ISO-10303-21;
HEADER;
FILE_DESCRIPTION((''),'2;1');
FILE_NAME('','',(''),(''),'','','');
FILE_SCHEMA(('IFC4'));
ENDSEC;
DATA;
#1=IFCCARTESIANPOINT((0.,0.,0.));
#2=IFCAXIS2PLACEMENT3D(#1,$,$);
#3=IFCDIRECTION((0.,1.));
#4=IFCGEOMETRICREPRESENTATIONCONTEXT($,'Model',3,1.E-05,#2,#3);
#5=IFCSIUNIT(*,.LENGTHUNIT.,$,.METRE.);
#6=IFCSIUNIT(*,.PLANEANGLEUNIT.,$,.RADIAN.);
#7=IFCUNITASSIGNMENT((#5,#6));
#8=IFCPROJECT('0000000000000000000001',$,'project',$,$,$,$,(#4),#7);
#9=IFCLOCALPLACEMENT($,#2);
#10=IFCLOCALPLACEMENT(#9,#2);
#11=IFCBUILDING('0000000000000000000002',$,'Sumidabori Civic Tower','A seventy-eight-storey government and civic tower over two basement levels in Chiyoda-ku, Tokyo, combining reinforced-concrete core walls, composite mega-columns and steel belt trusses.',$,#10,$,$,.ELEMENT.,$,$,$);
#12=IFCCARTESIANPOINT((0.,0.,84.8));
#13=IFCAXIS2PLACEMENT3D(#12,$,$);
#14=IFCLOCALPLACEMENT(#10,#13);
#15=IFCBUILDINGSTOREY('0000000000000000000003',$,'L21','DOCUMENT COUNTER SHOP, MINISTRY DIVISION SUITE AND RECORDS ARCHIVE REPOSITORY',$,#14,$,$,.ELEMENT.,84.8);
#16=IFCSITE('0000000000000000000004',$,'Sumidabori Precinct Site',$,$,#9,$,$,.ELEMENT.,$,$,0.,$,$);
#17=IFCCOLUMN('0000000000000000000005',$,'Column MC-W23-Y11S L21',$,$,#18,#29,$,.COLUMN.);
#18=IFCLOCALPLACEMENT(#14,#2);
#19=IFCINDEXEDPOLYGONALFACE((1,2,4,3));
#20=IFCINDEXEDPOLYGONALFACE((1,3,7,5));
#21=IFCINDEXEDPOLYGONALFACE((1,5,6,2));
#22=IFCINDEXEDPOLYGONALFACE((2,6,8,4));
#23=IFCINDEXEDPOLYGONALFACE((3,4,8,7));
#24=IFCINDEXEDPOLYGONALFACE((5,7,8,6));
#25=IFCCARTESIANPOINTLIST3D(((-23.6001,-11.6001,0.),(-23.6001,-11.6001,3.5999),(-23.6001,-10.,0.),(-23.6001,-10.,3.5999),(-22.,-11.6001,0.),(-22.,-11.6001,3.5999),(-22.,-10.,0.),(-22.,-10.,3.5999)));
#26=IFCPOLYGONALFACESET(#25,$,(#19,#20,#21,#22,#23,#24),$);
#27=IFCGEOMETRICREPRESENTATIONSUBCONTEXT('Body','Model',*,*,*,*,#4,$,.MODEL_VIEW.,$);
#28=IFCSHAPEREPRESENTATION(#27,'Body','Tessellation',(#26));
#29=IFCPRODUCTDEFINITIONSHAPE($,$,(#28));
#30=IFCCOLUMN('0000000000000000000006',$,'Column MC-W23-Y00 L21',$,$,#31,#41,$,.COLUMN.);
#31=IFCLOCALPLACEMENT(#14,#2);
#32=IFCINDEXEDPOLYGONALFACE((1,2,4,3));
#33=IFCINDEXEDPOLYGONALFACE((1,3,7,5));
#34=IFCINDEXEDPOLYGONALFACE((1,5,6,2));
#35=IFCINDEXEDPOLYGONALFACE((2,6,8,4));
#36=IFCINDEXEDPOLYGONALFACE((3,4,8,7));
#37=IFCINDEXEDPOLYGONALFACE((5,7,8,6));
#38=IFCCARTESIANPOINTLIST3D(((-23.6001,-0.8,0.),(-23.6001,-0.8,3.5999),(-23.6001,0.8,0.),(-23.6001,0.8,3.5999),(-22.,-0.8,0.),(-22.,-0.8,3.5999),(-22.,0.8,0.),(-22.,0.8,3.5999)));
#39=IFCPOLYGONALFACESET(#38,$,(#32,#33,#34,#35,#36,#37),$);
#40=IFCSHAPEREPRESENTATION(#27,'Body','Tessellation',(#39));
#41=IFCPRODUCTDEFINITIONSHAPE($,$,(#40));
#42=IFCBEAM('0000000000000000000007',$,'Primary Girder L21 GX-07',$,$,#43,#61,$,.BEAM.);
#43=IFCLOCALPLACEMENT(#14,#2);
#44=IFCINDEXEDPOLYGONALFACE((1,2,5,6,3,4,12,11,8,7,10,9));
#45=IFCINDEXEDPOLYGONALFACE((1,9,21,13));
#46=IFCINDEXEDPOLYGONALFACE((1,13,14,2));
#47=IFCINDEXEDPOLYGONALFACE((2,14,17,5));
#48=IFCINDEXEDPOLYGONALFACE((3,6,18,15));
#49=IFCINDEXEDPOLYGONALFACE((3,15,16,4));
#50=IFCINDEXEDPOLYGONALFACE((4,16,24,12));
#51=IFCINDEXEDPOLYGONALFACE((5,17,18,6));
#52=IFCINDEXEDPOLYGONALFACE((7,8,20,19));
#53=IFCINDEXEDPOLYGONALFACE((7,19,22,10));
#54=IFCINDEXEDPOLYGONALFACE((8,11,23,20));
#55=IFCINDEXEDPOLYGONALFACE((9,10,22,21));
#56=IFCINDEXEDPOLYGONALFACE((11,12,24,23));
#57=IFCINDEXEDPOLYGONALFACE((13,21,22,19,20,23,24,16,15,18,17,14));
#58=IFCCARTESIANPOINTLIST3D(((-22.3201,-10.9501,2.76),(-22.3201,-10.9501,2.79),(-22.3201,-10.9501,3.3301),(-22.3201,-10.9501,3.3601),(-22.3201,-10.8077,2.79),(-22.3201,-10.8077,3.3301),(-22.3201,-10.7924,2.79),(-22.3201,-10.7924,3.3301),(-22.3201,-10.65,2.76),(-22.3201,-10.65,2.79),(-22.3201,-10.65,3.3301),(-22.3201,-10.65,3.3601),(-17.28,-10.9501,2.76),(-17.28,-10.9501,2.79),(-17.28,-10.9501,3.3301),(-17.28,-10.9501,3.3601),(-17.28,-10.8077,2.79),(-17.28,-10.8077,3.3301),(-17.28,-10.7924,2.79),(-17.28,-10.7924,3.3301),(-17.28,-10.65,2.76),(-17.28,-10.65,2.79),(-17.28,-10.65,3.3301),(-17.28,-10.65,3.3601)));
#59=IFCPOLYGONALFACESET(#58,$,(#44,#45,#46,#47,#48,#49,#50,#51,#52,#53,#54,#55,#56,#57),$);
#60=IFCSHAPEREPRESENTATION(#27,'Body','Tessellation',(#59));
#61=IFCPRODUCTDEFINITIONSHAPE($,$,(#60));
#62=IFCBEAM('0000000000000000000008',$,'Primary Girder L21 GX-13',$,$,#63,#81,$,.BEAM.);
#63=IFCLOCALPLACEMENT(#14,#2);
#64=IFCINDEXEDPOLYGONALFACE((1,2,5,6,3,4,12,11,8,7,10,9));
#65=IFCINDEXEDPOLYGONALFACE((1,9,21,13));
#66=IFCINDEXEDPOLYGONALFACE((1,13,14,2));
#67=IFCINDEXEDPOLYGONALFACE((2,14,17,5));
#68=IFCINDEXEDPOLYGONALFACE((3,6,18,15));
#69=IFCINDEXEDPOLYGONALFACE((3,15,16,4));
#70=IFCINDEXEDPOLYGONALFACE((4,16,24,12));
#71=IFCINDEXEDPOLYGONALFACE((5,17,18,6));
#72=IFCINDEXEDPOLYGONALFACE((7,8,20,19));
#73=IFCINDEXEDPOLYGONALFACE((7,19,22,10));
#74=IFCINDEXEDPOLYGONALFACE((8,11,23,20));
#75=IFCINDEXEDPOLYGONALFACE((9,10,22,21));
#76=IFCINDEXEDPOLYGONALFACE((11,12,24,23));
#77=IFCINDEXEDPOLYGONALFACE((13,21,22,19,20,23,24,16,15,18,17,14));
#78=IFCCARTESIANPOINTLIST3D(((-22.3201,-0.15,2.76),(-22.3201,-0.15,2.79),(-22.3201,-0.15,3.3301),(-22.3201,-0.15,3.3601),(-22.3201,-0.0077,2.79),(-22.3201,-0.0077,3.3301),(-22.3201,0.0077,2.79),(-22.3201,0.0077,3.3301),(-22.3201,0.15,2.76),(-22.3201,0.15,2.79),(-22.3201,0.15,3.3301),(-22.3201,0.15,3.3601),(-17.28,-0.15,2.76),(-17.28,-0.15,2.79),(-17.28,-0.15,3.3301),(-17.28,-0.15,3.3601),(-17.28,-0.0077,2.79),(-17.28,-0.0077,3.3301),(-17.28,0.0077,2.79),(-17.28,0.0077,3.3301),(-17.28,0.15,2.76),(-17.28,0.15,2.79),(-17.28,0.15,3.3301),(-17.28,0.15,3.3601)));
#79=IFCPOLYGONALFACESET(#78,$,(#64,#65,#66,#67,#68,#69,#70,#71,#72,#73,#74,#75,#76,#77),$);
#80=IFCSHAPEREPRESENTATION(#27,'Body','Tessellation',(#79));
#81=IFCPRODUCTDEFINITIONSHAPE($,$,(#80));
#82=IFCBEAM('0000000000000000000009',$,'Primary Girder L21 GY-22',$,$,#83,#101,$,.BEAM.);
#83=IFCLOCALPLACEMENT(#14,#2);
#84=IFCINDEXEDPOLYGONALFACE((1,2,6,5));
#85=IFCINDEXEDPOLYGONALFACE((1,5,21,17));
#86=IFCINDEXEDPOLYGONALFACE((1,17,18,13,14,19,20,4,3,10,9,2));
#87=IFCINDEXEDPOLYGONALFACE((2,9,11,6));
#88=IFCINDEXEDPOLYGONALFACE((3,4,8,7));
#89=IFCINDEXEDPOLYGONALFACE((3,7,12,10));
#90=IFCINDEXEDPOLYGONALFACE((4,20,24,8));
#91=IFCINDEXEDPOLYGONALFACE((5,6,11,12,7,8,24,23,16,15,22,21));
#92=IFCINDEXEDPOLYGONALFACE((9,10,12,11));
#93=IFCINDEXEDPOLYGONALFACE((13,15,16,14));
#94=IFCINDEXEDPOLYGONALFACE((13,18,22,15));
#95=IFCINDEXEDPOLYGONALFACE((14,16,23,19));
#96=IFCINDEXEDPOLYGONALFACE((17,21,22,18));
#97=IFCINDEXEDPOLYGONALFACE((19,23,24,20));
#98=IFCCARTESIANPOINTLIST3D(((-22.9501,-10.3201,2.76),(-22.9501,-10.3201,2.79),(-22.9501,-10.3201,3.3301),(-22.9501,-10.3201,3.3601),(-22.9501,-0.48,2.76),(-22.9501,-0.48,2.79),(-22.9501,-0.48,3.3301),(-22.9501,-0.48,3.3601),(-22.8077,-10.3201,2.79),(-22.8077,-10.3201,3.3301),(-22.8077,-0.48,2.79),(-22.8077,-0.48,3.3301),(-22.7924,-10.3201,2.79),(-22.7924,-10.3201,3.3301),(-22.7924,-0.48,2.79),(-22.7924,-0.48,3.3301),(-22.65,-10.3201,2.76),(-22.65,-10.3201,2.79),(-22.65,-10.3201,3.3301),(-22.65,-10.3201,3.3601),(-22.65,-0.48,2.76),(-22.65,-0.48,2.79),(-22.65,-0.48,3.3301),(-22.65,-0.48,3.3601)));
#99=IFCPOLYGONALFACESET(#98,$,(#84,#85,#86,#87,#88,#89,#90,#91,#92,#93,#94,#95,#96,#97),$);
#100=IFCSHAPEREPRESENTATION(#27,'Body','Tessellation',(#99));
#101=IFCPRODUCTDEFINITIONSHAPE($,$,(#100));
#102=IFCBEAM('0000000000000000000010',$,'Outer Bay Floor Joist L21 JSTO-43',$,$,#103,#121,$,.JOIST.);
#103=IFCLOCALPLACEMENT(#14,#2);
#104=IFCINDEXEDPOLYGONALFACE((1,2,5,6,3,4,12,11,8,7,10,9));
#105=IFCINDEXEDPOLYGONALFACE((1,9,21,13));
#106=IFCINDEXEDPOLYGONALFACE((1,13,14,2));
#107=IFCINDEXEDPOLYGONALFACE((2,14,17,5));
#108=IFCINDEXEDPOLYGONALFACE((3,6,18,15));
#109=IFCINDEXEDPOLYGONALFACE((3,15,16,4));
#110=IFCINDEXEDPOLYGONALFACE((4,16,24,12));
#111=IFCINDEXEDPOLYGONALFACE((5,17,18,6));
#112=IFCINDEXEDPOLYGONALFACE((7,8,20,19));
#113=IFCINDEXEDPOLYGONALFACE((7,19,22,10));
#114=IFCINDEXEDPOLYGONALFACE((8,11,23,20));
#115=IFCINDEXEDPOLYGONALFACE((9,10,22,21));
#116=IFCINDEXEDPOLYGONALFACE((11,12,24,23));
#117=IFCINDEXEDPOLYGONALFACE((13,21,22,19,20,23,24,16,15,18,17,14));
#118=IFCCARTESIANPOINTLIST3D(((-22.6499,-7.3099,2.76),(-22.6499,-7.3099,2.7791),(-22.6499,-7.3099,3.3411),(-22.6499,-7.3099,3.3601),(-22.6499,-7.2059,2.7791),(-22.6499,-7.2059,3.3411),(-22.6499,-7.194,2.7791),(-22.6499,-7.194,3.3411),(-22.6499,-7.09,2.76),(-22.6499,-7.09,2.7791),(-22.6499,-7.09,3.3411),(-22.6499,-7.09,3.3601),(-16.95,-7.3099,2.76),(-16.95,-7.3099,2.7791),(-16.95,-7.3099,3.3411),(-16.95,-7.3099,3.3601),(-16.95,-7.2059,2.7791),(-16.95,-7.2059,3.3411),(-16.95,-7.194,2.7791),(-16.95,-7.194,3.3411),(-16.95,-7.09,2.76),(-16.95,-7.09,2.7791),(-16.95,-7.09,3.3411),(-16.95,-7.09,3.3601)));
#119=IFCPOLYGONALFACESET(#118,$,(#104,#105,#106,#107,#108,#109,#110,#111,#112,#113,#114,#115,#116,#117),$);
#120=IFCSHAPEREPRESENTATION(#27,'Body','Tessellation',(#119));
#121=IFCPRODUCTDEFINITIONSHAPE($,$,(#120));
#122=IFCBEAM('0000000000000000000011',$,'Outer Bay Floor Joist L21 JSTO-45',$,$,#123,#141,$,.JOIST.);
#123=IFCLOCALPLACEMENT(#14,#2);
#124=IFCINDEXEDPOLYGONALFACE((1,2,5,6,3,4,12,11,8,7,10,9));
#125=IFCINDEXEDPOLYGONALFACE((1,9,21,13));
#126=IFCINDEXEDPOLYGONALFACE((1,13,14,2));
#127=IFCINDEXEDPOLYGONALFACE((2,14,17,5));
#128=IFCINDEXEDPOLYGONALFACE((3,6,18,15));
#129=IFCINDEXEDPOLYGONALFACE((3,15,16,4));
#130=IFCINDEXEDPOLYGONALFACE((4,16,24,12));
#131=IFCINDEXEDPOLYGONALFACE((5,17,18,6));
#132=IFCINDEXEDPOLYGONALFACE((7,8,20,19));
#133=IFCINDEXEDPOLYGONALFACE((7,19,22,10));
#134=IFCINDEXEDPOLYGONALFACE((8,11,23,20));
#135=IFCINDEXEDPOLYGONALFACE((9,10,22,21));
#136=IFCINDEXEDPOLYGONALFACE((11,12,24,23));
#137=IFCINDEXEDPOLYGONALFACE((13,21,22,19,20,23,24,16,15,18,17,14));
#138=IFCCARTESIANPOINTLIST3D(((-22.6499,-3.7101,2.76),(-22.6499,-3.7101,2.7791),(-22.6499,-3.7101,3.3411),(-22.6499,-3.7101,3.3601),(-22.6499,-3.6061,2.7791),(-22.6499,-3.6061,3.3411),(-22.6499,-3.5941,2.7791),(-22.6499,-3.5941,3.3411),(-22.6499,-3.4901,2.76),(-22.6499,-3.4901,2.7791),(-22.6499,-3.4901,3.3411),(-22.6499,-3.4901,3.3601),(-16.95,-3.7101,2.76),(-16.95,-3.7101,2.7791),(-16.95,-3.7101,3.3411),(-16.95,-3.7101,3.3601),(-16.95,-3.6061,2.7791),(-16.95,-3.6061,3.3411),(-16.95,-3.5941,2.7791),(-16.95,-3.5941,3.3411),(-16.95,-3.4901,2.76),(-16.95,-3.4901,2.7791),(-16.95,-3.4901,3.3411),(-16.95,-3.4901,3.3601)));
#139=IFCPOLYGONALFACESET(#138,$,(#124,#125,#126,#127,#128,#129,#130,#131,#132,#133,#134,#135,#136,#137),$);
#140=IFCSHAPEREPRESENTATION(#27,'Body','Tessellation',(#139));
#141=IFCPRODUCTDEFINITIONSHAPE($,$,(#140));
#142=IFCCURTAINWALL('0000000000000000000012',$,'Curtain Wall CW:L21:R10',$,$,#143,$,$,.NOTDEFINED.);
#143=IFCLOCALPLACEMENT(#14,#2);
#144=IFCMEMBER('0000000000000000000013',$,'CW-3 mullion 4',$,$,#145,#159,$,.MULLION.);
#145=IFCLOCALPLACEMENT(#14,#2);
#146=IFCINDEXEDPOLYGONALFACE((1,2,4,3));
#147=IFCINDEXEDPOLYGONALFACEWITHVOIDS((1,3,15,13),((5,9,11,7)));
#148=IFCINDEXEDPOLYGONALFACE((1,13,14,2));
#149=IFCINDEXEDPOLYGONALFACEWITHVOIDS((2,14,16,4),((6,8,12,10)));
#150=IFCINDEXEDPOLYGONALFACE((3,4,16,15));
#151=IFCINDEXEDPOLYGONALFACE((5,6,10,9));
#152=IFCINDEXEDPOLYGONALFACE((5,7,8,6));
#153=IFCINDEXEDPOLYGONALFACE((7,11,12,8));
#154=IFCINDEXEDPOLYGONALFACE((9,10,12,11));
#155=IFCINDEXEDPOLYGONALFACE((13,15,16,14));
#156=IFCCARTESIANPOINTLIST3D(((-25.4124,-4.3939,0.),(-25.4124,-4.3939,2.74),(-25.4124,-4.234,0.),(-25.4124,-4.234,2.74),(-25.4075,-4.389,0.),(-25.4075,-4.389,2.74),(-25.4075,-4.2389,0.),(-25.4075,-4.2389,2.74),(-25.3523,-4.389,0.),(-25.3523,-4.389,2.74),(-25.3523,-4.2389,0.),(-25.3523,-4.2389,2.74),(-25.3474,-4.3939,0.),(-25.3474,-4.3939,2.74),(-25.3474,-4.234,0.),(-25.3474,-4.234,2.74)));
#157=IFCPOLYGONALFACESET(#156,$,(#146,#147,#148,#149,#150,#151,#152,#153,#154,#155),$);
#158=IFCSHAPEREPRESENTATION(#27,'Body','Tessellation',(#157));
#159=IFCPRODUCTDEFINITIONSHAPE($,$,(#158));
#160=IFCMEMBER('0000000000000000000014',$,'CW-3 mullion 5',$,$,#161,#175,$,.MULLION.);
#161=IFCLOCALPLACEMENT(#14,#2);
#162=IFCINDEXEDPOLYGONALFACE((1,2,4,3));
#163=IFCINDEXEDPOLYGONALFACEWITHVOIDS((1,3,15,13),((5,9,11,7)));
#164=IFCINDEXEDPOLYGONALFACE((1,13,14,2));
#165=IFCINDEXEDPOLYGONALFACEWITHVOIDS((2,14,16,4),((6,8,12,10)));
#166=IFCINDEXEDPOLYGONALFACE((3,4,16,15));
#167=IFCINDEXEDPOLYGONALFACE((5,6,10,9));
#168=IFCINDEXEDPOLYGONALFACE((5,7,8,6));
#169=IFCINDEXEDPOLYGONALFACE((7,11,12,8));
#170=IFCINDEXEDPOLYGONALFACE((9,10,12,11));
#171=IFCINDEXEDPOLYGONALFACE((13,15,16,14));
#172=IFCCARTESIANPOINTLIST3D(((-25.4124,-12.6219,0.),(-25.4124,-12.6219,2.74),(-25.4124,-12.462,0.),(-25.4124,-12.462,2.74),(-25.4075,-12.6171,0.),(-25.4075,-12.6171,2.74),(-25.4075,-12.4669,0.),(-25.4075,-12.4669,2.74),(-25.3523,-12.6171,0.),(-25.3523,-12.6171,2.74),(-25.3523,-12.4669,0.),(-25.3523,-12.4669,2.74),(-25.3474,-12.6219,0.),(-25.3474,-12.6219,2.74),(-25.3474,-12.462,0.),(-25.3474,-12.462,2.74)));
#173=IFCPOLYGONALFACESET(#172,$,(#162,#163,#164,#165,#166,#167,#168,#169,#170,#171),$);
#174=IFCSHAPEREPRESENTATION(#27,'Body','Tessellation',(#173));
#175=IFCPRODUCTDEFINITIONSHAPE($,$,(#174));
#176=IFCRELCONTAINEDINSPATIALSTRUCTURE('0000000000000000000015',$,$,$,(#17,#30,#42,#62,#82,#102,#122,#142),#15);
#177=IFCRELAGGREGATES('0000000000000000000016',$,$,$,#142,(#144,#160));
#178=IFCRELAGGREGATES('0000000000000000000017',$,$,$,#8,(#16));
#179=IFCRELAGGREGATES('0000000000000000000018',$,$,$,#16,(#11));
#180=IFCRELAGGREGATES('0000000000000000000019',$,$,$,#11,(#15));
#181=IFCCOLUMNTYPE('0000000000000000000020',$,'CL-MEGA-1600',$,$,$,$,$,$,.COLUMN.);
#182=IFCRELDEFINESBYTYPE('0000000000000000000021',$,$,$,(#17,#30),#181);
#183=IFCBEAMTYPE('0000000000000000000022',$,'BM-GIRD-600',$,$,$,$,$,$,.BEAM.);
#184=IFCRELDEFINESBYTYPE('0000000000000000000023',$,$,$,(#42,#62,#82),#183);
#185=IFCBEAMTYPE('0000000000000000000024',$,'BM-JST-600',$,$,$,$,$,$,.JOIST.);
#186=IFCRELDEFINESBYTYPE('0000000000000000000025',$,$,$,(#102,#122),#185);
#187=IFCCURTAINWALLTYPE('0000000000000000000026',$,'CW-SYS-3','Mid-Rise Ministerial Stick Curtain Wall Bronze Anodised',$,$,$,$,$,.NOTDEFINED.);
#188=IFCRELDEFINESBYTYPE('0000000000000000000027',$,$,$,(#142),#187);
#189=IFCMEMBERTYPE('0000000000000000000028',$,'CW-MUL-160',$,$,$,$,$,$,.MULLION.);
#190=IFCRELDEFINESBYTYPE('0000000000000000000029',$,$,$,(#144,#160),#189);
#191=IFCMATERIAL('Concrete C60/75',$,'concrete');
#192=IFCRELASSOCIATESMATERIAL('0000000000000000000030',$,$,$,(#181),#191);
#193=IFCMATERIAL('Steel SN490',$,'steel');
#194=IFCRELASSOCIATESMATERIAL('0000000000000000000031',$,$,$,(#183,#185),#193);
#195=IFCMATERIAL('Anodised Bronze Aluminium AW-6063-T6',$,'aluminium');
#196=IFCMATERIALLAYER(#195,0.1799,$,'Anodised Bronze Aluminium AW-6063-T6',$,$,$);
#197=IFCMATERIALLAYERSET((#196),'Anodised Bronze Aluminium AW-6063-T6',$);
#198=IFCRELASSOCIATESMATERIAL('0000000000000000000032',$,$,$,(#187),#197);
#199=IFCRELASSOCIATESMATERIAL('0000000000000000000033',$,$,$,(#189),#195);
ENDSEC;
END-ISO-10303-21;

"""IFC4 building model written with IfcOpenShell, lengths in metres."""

from ifc_helpers import new_model, si_unit, direction, frame, origin, origin_2d, place, context, subcontext, project, spatial, rectangle, hollow_rectangle, i_section, extrude, source, transform, mapped, material, layer, layer_set, material_profile, profile_set, type_object, element, aggregate, save


model = new_model("IFC4")

# Units and contexts
model_context = context("Model", 3, precision=1e-05, world=origin(), true_north=direction((0.0, 1.0)))
body_context = subcontext(model_context, "Body", "Model", "MODEL_VIEW")
ifc_project = project(units=[si_unit("LENGTHUNIT", "METRE"), si_unit("PLANEANGLEUNIT", "RADIAN")], contexts=[model_context])

# Site, building, storey
site_placement = place(None, origin())
site = spatial("IfcSite", under=ifc_project, at=site_placement, Name="Sumidabori Precinct Site", CompositionType="ELEMENT", RefElevation=0.0)
building_placement = place(site_placement, origin())
building = spatial("IfcBuilding", under=site, at=building_placement, Name="Sumidabori Civic Tower", Description="A seventy-eight-storey government and civic tower over two basement levels in Chiyoda-ku, Tokyo, combining reinforced-concrete core walls, composite mega-columns and steel belt trusses.", CompositionType="ELEMENT")
storey_placement = place(building_placement, frame((0.0, 0.0, 84.8)))
storey = spatial("IfcBuildingStorey", under=building, at=storey_placement, Name="L21", Description="DOCUMENT COUNTER SHOP, MINISTRY DIVISION SUITE AND RECORDS ARCHIVE REPOSITORY", CompositionType="ELEMENT", Elevation=84.8)

# Columns
ifc_material_1 = material(Name="Concrete C60/75", Category="concrete")
ifc_material_profile_1 = material_profile(ifc_material_1, rectangle(XDim=1.6001, YDim=1.6001, at=origin_2d()), Name="RC 1600x1600")
ifc_profile_set_1 = profile_set([ifc_material_profile_1], Name="Concrete C60/75")
column_type = type_object("IfcColumnType", Name="CL-MEGA-1600", PredefinedType="COLUMN", material=ifc_profile_set_1)
shared_shape_1 = source(origin(), body_context, "Body", "SweptSolid", [
    extrude(rectangle(XDim=1.6001, YDim=1.6001, at=origin_2d()), origin(), (0.0, 0.0, 1.0), 3.5999),
])
for number, where, z_axis, x_axis, name in (
    (1, (-22.8, -10.8, 0.0), (0.0, 0.0, 1.0), (1.0, 0.0, 0.0), "Column MC-W23-Y11S L21"),
    (2, (-22.8, 0.0, 0.0), (0.0, 0.0, 1.0), (1.0, 0.0, 0.0), "Column MC-W23-Y00 L21"),
):
    element("IfcColumn", number, at=place(storey_placement, frame(where, z_axis=z_axis, x_axis=x_axis)), inside=storey, type_object=column_type, Name=name, PredefinedType="COLUMN", context=body_context, shape_type="MappedRepresentation", body=[
        mapped(shared_shape_1, transform((0.0, 0.0, 0.0), x_axis=(1.0, 0.0, 0.0), y_axis=(0.0, 1.0, 0.0), z_axis=(0.0, 0.0, 1.0), scale=1.0)),
    ])

# Beams
ifc_material_2 = material(Name="Steel SN490", Category="steel")
ifc_material_profile_2 = material_profile(ifc_material_2, i_section(OverallWidth=0.3, OverallDepth=0.6001, WebThickness=0.0154, FlangeThickness=0.03, at=origin_2d()), Name="HE 600 B")
ifc_profile_set_2 = profile_set([ifc_material_profile_2], Name="Steel SN490")
beam_type_1 = type_object("IfcBeamType", Name="BM-GIRD-600", PredefinedType="BEAM", material=ifc_profile_set_2)
shared_shape_2 = source(origin(), body_context, "Body", "SweptSolid", [
    extrude(i_section(OverallWidth=0.3, OverallDepth=0.6001, WebThickness=0.0154, FlangeThickness=0.03, at=origin_2d()), origin(), (0.0, 0.0, 1.0), 5.04),
])
for number, where, z_axis, x_axis, name in (
    (3, (-22.3201, -10.8, 3.0601), (1.0, 0.0, 0.0), (0.0, 1.0, 0.0), "Primary Girder L21 GX-07"),
    (4, (-22.3201, 0.0, 3.0601), (1.0, 0.0, 0.0), (0.0, 1.0, 0.0), "Primary Girder L21 GX-13"),
):
    element("IfcBeam", number, at=place(storey_placement, frame(where, z_axis=z_axis, x_axis=x_axis)), inside=storey, type_object=beam_type_1, Name=name, PredefinedType="BEAM", context=body_context, shape_type="MappedRepresentation", body=[
        mapped(shared_shape_2, transform((0.0, 0.0, 0.0), x_axis=(1.0, 0.0, 0.0), y_axis=(0.0, 1.0, 0.0), z_axis=(0.0, 0.0, 1.0), scale=1.0)),
    ])
shared_shape_3 = source(origin(), body_context, "Body", "SweptSolid", [
    extrude(i_section(OverallWidth=0.3, OverallDepth=0.6001, WebThickness=0.0154, FlangeThickness=0.03, at=origin_2d()), origin(), (0.0, 0.0, 1.0), 9.8401),
])
beam_placement = place(storey_placement, frame((-22.8, -10.3201, 3.0601), z_axis=(0.0, 1.0, 0.0), x_axis=(-1.0, 0.0, 0.0)))
element("IfcBeam", 5, at=beam_placement, inside=storey, type_object=beam_type_1, Name="Primary Girder L21 GY-22", PredefinedType="BEAM", context=body_context, shape_type="MappedRepresentation", body=[
    mapped(shared_shape_3, transform((0.0, 0.0, 0.0), x_axis=(1.0, 0.0, 0.0), y_axis=(0.0, 1.0, 0.0), z_axis=(0.0, 0.0, 1.0), scale=1.0)),
])
ifc_material_profile_3 = material_profile(ifc_material_2, i_section(OverallWidth=0.22, OverallDepth=0.6001, WebThickness=0.012, FlangeThickness=0.019, at=origin_2d()), Name="IPE 600")
ifc_profile_set_3 = profile_set([ifc_material_profile_3], Name="Steel SN490")
beam_type_2 = type_object("IfcBeamType", Name="BM-JST-600", PredefinedType="JOIST", material=ifc_profile_set_3)
shared_shape_4 = source(origin(), body_context, "Body", "SweptSolid", [
    extrude(i_section(OverallWidth=0.22, OverallDepth=0.6001, WebThickness=0.012, FlangeThickness=0.019, at=origin_2d()), origin(), (0.0, 0.0, 1.0), 5.7),
])
for number, where, z_axis, x_axis, name in (
    (6, (-22.6499, -7.2, 3.0601), (1.0, 0.0, 0.0), (0.0, 1.0, 0.0), "Outer Bay Floor Joist L21 JSTO-43"),
    (7, (-22.6499, -3.6001, 3.0601), (1.0, 0.0, 0.0), (0.0, 1.0, 0.0), "Outer Bay Floor Joist L21 JSTO-45"),
):
    element("IfcBeam", number, at=place(storey_placement, frame(where, z_axis=z_axis, x_axis=x_axis)), inside=storey, type_object=beam_type_2, Name=name, PredefinedType="JOIST", context=body_context, shape_type="MappedRepresentation", body=[
        mapped(shared_shape_4, transform((0.0, 0.0, 0.0), x_axis=(1.0, 0.0, 0.0), y_axis=(0.0, 1.0, 0.0), z_axis=(0.0, 0.0, 1.0), scale=1.0)),
    ])

# Curtain wall, members
ifc_material_3 = material(Name="Anodised Bronze Aluminium AW-6063-T6", Category="aluminium")
ifc_layer_1 = layer(ifc_material_3, 0.1799, Name="Anodised Bronze Aluminium AW-6063-T6")
ifc_layer_set_1 = layer_set([ifc_layer_1], Name="Anodised Bronze Aluminium AW-6063-T6")
curtain_wall_type = type_object("IfcCurtainWallType", Name="CW-SYS-3", Description="Mid-Rise Ministerial Stick Curtain Wall Bronze Anodised", PredefinedType="NOTDEFINED", material=ifc_layer_set_1)
curtain_wall_placement = place(storey_placement, origin())
curtain_wall = element("IfcCurtainWall", 8, at=curtain_wall_placement, inside=storey, type_object=curtain_wall_type, Name="Curtain Wall CW:L21:R10", PredefinedType="NOTDEFINED")
ifc_material_profile_4 = material_profile(ifc_material_3, hollow_rectangle(XDim=0.0649, YDim=0.1599, WallThickness=0.0049, at=origin_2d()), Name="ALU MULLION 160x65")
ifc_profile_set_4 = profile_set([ifc_material_profile_4], Name="Anodised Bronze Aluminium AW-6063-T6")
member_type_1 = type_object("IfcMemberType", Name="CW-MUL-160", PredefinedType="MULLION", material=ifc_profile_set_4)
shared_shape_5 = source(origin(), body_context, "Body", "SweptSolid", [
    extrude(hollow_rectangle(XDim=0.0649, YDim=0.1599, WallThickness=0.0049, at=origin_2d()), origin(), (0.0, 0.0, 1.0), 2.74),
])
member_1_placement = place(storey_placement, frame((-25.3799, -4.314, 0.0), z_axis=(0.0, 0.0, 1.0), x_axis=(1.0, 0.0, 0.0)))
member_1 = element("IfcMember", 9, at=member_1_placement, type_object=member_type_1, Name="CW-3 mullion 4", PredefinedType="MULLION", context=body_context, shape_type="MappedRepresentation", body=[
    mapped(shared_shape_5, transform((0.0, 0.0, 0.0), x_axis=(1.0, 0.0, 0.0), y_axis=(0.0, 1.0, 0.0), z_axis=(0.0, 0.0, 1.0), scale=1.0)),
])
member_2_placement = place(storey_placement, frame((-25.3799, -12.542, 0.0), z_axis=(0.0, 0.0, 1.0), x_axis=(1.0, 0.0, 0.0)))
member_2 = element("IfcMember", 10, at=member_2_placement, type_object=member_type_1, Name="CW-3 mullion 5", PredefinedType="MULLION", context=body_context, shape_type="MappedRepresentation", body=[
    mapped(shared_shape_5, transform((0.0, 0.0, 0.0), x_axis=(1.0, 0.0, 0.0), y_axis=(0.0, 1.0, 0.0), z_axis=(0.0, 0.0, 1.0), scale=1.0)),
])
aggregate(curtain_wall, [member_1, member_2])

save(model, "model.ifc")
